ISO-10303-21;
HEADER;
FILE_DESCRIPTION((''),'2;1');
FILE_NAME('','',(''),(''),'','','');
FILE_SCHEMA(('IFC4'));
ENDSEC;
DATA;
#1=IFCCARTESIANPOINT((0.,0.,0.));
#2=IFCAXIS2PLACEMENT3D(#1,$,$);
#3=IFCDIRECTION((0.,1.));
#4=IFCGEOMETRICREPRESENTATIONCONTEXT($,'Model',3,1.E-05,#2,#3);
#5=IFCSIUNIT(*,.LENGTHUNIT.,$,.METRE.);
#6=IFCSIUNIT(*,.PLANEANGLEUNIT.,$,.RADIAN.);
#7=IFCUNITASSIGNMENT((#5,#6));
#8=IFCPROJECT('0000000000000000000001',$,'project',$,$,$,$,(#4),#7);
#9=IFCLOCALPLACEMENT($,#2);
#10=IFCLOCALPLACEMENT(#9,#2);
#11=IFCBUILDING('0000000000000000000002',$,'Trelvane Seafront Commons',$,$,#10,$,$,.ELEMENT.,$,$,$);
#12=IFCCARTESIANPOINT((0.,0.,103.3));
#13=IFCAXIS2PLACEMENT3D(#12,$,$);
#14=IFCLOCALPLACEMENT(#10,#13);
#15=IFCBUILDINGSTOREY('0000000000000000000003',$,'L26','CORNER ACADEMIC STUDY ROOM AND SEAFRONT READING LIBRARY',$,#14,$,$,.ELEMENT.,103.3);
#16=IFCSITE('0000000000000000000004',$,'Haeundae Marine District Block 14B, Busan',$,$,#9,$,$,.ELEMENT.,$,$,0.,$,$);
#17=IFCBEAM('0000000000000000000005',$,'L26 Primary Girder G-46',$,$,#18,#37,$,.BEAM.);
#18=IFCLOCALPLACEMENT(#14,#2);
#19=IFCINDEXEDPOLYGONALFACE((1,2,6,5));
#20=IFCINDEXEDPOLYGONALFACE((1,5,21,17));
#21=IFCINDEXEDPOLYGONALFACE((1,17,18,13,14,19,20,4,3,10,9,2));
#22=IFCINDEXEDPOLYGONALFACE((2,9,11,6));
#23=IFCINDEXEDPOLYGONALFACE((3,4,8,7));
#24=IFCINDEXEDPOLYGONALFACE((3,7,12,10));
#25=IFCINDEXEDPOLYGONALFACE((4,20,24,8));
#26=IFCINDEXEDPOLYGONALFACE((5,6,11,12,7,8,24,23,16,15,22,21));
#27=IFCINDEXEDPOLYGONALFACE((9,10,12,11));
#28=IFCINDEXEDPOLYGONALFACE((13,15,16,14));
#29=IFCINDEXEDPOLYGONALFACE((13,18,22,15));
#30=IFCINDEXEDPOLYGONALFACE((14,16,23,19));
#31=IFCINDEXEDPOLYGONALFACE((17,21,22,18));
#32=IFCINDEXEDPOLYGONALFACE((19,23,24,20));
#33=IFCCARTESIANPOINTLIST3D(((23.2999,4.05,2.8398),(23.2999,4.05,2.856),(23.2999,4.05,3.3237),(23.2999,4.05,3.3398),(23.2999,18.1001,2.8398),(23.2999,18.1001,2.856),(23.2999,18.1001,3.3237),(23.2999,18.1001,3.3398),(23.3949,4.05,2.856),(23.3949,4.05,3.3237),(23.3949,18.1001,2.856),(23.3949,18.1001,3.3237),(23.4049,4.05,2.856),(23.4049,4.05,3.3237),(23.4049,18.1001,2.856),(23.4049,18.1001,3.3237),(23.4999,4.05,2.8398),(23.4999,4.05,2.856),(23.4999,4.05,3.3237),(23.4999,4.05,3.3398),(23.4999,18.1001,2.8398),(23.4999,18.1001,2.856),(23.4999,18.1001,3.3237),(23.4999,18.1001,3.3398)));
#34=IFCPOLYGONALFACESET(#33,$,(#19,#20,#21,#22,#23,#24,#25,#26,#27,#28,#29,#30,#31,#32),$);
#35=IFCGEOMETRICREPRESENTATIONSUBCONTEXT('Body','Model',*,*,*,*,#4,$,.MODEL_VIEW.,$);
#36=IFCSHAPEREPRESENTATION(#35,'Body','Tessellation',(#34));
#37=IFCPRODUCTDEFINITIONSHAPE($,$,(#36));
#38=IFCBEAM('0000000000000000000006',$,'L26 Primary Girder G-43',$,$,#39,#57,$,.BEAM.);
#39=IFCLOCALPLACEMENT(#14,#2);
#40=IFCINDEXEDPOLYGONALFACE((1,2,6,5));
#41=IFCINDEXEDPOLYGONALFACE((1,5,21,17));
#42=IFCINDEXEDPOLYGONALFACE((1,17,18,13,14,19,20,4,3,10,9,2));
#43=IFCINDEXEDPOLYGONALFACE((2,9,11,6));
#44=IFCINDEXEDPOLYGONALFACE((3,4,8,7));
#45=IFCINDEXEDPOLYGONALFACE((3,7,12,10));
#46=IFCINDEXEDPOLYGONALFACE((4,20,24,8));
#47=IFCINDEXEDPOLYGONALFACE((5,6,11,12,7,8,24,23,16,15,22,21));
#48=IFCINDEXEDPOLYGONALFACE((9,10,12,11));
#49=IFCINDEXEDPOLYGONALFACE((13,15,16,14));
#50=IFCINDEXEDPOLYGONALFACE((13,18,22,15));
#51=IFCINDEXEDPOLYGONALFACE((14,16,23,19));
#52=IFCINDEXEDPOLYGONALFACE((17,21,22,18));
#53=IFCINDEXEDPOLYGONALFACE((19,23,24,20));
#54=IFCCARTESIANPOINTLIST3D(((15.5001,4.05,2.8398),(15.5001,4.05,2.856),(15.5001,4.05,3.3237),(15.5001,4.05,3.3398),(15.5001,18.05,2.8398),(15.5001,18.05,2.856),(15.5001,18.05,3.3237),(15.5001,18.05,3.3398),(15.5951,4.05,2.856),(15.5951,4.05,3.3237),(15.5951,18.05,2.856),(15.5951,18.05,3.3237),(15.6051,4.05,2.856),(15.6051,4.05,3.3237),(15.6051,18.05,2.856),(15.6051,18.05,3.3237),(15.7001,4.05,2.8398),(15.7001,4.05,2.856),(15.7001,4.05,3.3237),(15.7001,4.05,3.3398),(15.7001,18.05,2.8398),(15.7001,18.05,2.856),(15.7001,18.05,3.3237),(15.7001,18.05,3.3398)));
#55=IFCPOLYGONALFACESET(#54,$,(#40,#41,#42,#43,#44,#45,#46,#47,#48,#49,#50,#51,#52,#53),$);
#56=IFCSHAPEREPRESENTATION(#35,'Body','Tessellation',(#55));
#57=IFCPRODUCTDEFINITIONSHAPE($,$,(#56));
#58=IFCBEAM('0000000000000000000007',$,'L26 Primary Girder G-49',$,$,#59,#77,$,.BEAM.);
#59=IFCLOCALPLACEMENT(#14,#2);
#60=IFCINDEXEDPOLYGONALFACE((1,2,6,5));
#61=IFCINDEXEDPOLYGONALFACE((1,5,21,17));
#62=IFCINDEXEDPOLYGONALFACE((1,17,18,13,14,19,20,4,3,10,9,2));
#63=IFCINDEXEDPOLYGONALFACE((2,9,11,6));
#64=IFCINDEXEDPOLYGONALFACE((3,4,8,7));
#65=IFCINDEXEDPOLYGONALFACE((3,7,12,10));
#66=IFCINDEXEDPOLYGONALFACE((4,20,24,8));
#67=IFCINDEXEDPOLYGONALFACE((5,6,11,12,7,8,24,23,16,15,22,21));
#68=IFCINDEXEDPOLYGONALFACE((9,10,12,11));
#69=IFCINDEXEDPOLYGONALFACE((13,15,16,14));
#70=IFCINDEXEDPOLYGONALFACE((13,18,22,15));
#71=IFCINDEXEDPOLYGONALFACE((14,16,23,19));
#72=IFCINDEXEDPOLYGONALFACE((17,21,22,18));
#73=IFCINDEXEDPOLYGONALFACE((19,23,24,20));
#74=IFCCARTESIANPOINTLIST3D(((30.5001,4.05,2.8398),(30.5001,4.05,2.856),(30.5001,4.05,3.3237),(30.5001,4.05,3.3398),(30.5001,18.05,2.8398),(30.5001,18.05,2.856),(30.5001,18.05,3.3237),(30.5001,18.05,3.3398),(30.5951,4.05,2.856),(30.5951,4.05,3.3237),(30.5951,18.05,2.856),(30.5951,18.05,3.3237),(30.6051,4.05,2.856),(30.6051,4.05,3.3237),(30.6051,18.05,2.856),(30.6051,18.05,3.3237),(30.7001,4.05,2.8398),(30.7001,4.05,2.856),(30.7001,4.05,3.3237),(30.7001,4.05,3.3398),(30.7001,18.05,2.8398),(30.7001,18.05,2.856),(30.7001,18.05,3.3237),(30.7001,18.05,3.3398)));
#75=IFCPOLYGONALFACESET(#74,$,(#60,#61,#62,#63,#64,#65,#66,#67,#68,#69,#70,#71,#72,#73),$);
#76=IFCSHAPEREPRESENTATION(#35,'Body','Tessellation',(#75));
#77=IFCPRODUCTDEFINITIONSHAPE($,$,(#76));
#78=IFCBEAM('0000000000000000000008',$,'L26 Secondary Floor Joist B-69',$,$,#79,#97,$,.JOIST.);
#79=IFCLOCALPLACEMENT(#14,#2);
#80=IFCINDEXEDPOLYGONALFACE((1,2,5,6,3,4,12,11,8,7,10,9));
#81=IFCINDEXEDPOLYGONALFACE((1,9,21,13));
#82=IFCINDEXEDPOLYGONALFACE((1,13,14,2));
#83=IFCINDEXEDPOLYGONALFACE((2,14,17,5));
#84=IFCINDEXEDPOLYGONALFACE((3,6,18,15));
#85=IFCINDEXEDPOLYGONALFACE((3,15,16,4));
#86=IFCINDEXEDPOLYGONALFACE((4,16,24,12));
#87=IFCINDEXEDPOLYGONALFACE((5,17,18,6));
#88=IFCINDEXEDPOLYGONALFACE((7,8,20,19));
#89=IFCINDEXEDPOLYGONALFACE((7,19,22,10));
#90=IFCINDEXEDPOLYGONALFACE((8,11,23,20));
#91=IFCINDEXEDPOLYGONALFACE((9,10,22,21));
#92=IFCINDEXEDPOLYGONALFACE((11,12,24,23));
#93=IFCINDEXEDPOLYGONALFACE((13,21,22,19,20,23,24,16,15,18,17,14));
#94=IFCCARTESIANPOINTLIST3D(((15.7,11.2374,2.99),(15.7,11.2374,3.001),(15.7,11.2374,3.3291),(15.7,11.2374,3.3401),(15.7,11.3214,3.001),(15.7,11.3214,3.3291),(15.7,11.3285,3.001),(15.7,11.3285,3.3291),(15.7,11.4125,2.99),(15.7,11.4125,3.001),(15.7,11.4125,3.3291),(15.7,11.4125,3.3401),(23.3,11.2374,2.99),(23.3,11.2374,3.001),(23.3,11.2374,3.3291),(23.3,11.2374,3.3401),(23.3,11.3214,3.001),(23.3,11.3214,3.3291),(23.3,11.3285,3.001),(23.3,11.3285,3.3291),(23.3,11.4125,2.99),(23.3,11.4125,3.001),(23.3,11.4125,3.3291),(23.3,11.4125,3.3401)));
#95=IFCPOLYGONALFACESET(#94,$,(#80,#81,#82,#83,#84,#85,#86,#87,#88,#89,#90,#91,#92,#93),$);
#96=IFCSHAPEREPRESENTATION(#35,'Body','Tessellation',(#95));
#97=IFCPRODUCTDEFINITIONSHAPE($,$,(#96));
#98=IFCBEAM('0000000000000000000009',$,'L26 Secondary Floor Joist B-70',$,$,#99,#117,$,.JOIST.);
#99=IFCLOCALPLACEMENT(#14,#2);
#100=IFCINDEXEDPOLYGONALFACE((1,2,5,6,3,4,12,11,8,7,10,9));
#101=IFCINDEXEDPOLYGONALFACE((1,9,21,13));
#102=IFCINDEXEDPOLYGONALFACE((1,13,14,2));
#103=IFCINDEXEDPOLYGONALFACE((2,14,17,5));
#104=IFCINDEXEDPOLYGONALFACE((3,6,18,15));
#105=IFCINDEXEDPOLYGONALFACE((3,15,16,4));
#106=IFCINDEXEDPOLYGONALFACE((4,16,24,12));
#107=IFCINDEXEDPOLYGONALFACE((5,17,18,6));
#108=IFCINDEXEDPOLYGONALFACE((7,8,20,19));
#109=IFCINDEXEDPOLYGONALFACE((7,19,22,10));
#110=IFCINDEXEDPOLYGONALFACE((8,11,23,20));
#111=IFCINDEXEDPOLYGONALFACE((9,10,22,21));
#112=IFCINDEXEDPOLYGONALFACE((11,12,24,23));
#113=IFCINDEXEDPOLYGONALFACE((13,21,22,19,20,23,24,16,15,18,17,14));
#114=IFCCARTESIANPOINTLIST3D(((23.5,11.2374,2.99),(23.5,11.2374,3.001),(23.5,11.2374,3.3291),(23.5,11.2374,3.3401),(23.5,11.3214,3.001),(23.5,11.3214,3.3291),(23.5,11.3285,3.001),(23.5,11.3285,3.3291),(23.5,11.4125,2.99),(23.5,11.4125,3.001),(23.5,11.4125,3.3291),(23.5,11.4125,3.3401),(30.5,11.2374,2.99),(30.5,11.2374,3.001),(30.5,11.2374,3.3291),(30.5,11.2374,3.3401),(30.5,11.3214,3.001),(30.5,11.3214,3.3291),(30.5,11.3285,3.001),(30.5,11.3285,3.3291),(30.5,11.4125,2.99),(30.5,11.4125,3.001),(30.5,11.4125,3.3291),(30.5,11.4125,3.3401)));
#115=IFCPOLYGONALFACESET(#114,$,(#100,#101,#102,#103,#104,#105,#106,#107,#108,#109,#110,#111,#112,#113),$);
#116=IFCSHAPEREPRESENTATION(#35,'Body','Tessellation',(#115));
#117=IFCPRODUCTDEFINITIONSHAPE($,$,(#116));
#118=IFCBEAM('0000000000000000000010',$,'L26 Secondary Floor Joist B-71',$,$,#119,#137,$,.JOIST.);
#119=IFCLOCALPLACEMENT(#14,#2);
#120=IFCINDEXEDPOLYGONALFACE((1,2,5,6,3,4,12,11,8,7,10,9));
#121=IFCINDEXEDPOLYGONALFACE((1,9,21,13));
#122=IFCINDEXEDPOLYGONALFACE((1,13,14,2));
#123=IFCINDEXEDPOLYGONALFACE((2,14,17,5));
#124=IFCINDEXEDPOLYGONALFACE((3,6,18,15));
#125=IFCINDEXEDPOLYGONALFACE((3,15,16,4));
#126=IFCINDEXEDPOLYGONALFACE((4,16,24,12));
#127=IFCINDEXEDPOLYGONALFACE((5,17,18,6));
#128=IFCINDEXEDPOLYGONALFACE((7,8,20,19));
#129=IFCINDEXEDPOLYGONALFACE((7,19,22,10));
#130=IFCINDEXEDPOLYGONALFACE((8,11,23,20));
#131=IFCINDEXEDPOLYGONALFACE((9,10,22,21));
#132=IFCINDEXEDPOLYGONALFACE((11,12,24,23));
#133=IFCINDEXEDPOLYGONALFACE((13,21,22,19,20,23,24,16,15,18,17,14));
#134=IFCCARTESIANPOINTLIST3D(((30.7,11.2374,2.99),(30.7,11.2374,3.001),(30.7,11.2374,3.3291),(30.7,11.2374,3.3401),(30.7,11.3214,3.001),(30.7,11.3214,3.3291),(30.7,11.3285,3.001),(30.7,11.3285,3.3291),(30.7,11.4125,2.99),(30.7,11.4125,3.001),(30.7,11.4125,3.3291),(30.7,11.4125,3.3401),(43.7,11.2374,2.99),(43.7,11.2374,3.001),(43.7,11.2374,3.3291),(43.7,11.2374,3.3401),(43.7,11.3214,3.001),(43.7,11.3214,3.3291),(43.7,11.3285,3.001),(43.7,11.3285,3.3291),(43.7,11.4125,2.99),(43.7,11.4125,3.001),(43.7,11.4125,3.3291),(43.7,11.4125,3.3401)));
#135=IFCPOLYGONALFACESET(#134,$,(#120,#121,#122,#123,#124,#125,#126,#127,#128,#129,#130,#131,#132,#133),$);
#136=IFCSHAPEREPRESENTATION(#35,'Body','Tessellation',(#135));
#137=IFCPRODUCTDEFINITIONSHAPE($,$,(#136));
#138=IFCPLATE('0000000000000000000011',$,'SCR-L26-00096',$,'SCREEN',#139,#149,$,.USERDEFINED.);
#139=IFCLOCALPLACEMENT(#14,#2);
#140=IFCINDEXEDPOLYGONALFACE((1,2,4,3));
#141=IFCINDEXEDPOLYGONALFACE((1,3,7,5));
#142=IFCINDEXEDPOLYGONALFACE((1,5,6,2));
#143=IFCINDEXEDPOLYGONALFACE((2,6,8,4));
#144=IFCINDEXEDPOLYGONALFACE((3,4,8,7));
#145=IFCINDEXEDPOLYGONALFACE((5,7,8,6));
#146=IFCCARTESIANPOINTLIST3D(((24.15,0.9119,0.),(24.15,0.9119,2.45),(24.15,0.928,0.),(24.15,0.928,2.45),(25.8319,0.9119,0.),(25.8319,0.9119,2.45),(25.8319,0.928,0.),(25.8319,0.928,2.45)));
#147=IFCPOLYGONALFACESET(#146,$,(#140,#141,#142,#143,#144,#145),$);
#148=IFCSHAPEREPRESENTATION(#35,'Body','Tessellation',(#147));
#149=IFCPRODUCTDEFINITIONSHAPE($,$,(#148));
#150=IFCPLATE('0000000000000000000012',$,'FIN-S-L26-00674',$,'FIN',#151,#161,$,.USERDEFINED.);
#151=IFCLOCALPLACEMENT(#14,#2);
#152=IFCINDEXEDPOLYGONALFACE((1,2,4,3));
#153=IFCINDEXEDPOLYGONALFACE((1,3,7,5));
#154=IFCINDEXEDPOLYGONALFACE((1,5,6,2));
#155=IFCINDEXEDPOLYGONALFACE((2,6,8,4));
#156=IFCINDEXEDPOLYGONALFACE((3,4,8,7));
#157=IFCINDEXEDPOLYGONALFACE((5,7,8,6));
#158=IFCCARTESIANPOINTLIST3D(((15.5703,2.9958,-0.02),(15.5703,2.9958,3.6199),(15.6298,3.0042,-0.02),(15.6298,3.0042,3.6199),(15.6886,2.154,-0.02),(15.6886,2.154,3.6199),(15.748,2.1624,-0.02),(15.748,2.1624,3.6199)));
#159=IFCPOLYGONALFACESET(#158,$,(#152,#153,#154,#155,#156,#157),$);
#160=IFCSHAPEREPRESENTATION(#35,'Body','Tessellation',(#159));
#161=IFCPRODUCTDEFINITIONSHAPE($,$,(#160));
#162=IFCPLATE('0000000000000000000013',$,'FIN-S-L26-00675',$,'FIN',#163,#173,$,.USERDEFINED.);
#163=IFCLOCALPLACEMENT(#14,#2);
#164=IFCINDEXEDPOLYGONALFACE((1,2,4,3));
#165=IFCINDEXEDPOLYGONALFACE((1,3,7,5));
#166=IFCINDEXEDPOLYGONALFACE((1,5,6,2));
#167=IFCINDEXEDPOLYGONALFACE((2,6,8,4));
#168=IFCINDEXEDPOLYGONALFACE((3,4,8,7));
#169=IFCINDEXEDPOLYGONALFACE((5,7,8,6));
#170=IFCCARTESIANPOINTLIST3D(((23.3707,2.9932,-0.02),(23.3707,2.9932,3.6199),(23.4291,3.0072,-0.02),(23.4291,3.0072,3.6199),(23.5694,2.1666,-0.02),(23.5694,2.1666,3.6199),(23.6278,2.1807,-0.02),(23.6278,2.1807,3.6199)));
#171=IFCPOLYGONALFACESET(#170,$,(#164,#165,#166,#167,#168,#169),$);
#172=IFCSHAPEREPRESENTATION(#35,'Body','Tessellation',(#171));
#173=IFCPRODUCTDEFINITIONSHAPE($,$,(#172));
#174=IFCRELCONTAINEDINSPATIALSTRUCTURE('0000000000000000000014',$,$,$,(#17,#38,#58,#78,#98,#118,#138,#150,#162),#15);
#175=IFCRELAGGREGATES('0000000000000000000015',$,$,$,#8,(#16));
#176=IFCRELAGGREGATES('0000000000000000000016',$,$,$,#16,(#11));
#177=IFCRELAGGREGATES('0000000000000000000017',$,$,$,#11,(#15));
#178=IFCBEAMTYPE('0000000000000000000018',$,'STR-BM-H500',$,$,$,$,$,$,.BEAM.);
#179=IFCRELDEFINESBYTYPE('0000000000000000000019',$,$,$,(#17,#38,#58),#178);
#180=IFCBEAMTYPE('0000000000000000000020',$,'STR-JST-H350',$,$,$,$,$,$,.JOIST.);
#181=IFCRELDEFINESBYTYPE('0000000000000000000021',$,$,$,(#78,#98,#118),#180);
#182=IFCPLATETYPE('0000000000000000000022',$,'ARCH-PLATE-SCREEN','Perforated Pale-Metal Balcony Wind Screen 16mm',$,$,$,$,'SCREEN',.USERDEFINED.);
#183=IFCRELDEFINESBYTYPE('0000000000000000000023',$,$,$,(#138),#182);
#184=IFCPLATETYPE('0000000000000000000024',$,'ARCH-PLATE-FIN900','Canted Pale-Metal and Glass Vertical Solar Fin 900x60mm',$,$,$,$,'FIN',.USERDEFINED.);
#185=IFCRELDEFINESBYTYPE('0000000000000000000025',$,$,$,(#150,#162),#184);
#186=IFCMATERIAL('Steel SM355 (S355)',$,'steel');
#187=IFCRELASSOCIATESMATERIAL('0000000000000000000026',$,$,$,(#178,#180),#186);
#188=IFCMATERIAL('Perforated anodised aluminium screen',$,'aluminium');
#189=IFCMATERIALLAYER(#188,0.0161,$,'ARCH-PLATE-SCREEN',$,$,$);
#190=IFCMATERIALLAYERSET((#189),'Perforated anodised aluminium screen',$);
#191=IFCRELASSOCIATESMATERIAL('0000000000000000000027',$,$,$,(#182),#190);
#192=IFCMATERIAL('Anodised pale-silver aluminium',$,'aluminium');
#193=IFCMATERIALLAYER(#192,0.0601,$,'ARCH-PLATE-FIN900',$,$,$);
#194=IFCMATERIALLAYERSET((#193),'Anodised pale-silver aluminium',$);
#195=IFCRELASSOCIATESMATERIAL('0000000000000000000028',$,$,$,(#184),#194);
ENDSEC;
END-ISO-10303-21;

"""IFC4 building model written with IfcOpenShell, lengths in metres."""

from ifc_helpers import new_model, si_unit, direction, frame, origin, origin_2d, place, context, subcontext, project, spatial, rectangle, i_section, extrude, source, transform, mapped, material, layer, layer_set, material_profile, profile_set, type_object, element, save


model = new_model("IFC4")

# Units and contexts
model_context = context("Model", 3, precision=1e-05, world=origin(), true_north=direction((0.0, 1.0)))
body_context = subcontext(model_context, "Body", "Model", "MODEL_VIEW")
ifc_project = project(units=[si_unit("LENGTHUNIT", "METRE"), si_unit("PLANEANGLEUNIT", "RADIAN")], contexts=[model_context])

# Site, building, storey
site_placement = place(None, origin())
site = spatial("IfcSite", under=ifc_project, at=site_placement, Name="Haeundae Marine District Block 14B, Busan", CompositionType="ELEMENT", RefElevation=0.0)
building_placement = place(site_placement, origin())
building = spatial("IfcBuilding", under=site, at=building_placement, Name="Trelvane Seafront Commons", CompositionType="ELEMENT")
storey_placement = place(building_placement, frame((0.0, 0.0, 103.3)))
storey = spatial("IfcBuildingStorey", under=building, at=storey_placement, Name="L26", Description="CORNER ACADEMIC STUDY ROOM AND SEAFRONT READING LIBRARY", CompositionType="ELEMENT", Elevation=103.3)

# Shared definitions
ifc_material_1 = material(Name="Steel SM355 (S355)", Category="steel")

# Beams
ifc_material_profile_1 = material_profile(ifc_material_1, i_section(OverallWidth=0.2, OverallDepth=0.5, WebThickness=0.01, FlangeThickness=0.0161, at=origin_2d()), Name="H-500x200x10x16")
ifc_profile_set_1 = profile_set([ifc_material_profile_1], Name="Steel SM355 (S355)")
beam_type_1 = type_object("IfcBeamType", Name="STR-BM-H500", PredefinedType="BEAM", material=ifc_profile_set_1)
shared_shape_1 = source(origin(), body_context, "Body", "SweptSolid", [
    extrude(i_section(OverallWidth=0.2, OverallDepth=0.5, WebThickness=0.01, FlangeThickness=0.0161, at=origin_2d()), origin(), (0.0, 0.0, 1.0), 14.05),
])
beam_1_placement = place(storey_placement, frame((23.3999, 4.05, 3.0898), z_axis=(0.0, 1.0, 0.0), x_axis=(-1.0, 0.0, 0.0)))
element("IfcBeam", 1, at=beam_1_placement, inside=storey, type_object=beam_type_1, Name="L26 Primary Girder G-46", PredefinedType="BEAM", context=body_context, shape_type="MappedRepresentation", body=[
    mapped(shared_shape_1, transform((0.0, 0.0, 0.0), x_axis=(1.0, 0.0, 0.0), y_axis=(0.0, 1.0, 0.0), z_axis=(0.0, 0.0, 1.0), scale=1.0)),
])
shared_shape_2 = source(origin(), body_context, "Body", "SweptSolid", [
    extrude(i_section(OverallWidth=0.2, OverallDepth=0.5, WebThickness=0.01, FlangeThickness=0.0161, at=origin_2d()), origin(), (0.0, 0.0, 1.0), 14.0),
])
for number, where, z_axis, x_axis, name in (
    (2, (15.6001, 4.05, 3.0898), (0.0, 1.0, 0.0), (-1.0, 0.0, 0.0), "L26 Primary Girder G-43"),
    (3, (30.6001, 4.05, 3.0898), (0.0, 1.0, 0.0), (-1.0, 0.0, 0.0), "L26 Primary Girder G-49"),
):
    element("IfcBeam", number, at=place(storey_placement, frame(where, z_axis=z_axis, x_axis=x_axis)), inside=storey, type_object=beam_type_1, Name=name, PredefinedType="BEAM", context=body_context, shape_type="MappedRepresentation", body=[
        mapped(shared_shape_2, transform((0.0, 0.0, 0.0), x_axis=(1.0, 0.0, 0.0), y_axis=(0.0, 1.0, 0.0), z_axis=(0.0, 0.0, 1.0), scale=1.0)),
    ])
ifc_material_profile_2 = material_profile(ifc_material_1, i_section(OverallWidth=0.175, OverallDepth=0.3501, WebThickness=0.0071, FlangeThickness=0.011, at=origin_2d()), Name="H-350x175x7x11")
ifc_profile_set_2 = profile_set([ifc_material_profile_2], Name="Steel SM355 (S355)")
beam_type_2 = type_object("IfcBeamType", Name="STR-JST-H350", PredefinedType="JOIST", material=ifc_profile_set_2)
shared_shape_3 = source(origin(), body_context, "Body", "SweptSolid", [
    extrude(i_section(OverallWidth=0.175, OverallDepth=0.3501, WebThickness=0.0071, FlangeThickness=0.011, at=origin_2d()), origin(), (0.0, 0.0, 1.0), 7.6001),
])
beam_2_placement = place(storey_placement, frame((15.7, 11.325, 3.165), z_axis=(1.0, 0.0, 0.0), x_axis=(0.0, 1.0, 0.0)))
element("IfcBeam", 4, at=beam_2_placement, inside=storey, type_object=beam_type_2, Name="L26 Secondary Floor Joist B-69", PredefinedType="JOIST", context=body_context, shape_type="MappedRepresentation", body=[
    mapped(shared_shape_3, transform((0.0, 0.0, 0.0), x_axis=(1.0, 0.0, 0.0), y_axis=(0.0, 1.0, 0.0), z_axis=(0.0, 0.0, 1.0), scale=1.0)),
])
shared_shape_4 = source(origin(), body_context, "Body", "SweptSolid", [
    extrude(i_section(OverallWidth=0.175, OverallDepth=0.3501, WebThickness=0.0071, FlangeThickness=0.011, at=origin_2d()), origin(), (0.0, 0.0, 1.0), 7.0),
])
beam_3_placement = place(storey_placement, frame((23.5, 11.325, 3.165), z_axis=(1.0, 0.0, 0.0), x_axis=(0.0, 1.0, 0.0)))
element("IfcBeam", 5, at=beam_3_placement, inside=storey, type_object=beam_type_2, Name="L26 Secondary Floor Joist B-70", PredefinedType="JOIST", context=body_context, shape_type="MappedRepresentation", body=[
    mapped(shared_shape_4, transform((0.0, 0.0, 0.0), x_axis=(1.0, 0.0, 0.0), y_axis=(0.0, 1.0, 0.0), z_axis=(0.0, 0.0, 1.0), scale=1.0)),
])
shared_shape_5 = source(origin(), body_context, "Body", "SweptSolid", [
    extrude(i_section(OverallWidth=0.175, OverallDepth=0.3501, WebThickness=0.0071, FlangeThickness=0.011, at=origin_2d()), origin(), (0.0, 0.0, 1.0), 13.0),
])
beam_4_placement = place(storey_placement, frame((30.7, 11.325, 3.165), z_axis=(1.0, 0.0, 0.0), x_axis=(0.0, 1.0, 0.0)))
element("IfcBeam", 6, at=beam_4_placement, inside=storey, type_object=beam_type_2, Name="L26 Secondary Floor Joist B-71", PredefinedType="JOIST", context=body_context, shape_type="MappedRepresentation", body=[
    mapped(shared_shape_5, transform((0.0, 0.0, 0.0), x_axis=(1.0, 0.0, 0.0), y_axis=(0.0, 1.0, 0.0), z_axis=(0.0, 0.0, 1.0), scale=1.0)),
])

# Plates
ifc_material_2 = material(Name="Perforated anodised aluminium screen", Category="aluminium")
ifc_layer_1 = layer(ifc_material_2, 0.0161, Name="ARCH-PLATE-SCREEN")
ifc_layer_set_1 = layer_set([ifc_layer_1], Name="Perforated anodised aluminium screen")
plate_type_1 = type_object("IfcPlateType", Name="ARCH-PLATE-SCREEN", Description="Perforated Pale-Metal Balcony Wind Screen 16mm", ElementType="SCREEN", PredefinedType="USERDEFINED", material=ifc_layer_set_1)
shared_shape_6 = source(origin(), body_context, "Body", "SweptSolid", [
    extrude(rectangle(XDim=1.6819, YDim=0.0161, at=origin_2d()), origin(), (0.0, 0.0, 1.0), 2.45),
])
plate_placement = place(storey_placement, frame((24.991, 0.9199, 0.0), z_axis=(0.0, 0.0, 1.0), x_axis=(1.0, 0.0, 0.0)))
element("IfcPlate", 7, at=plate_placement, inside=storey, type_object=plate_type_1, Name="SCR-L26-00096", ObjectType="SCREEN", PredefinedType="USERDEFINED", context=body_context, shape_type="MappedRepresentation", body=[
    mapped(shared_shape_6, transform((0.0, 0.0, 0.0), x_axis=(1.0, 0.0, 0.0), y_axis=(0.0, 1.0, 0.0), z_axis=(0.0, 0.0, 1.0), scale=1.0)),
])
ifc_material_3 = material(Name="Anodised pale-silver aluminium", Category="aluminium")
ifc_layer_2 = layer(ifc_material_3, 0.0601, Name="ARCH-PLATE-FIN900")
ifc_layer_set_2 = layer_set([ifc_layer_2], Name="Anodised pale-silver aluminium")
plate_type_2 = type_object("IfcPlateType", Name="ARCH-PLATE-FIN900", Description="Canted Pale-Metal and Glass Vertical Solar Fin 900x60mm", ElementType="FIN", PredefinedType="USERDEFINED", material=ifc_layer_set_2)
shared_shape_7 = source(origin(), body_context, "Body", "SweptSolid", [
    extrude(rectangle(XDim=0.8501, YDim=0.0601, at=origin_2d()), origin(), (0.0, 0.0, 1.0), 3.6399),
])
for number, where, z_axis, x_axis, name in (
    (8, (15.6592, 2.5791, -0.02), (0.0, 0.0, 1.0), (0.139066, -0.990283, 0.0), "FIN-S-L26-00674"),
    (9, (23.4993, 2.5869, -0.02), (0.0, 0.0, 1.0), (0.233751, -0.972297, 0.0), "FIN-S-L26-00675"),
):
    element("IfcPlate", number, at=place(storey_placement, frame(where, z_axis=z_axis, x_axis=x_axis)), inside=storey, type_object=plate_type_2, Name=name, ObjectType="FIN", PredefinedType="USERDEFINED", context=body_context, shape_type="MappedRepresentation", body=[
        mapped(shared_shape_7, transform((0.0, 0.0, 0.0), x_axis=(1.0, 0.0, 0.0), y_axis=(0.0, 1.0, 0.0), z_axis=(0.0, 0.0, 1.0), scale=1.0)),
    ])

save(model, "model.ifc")
